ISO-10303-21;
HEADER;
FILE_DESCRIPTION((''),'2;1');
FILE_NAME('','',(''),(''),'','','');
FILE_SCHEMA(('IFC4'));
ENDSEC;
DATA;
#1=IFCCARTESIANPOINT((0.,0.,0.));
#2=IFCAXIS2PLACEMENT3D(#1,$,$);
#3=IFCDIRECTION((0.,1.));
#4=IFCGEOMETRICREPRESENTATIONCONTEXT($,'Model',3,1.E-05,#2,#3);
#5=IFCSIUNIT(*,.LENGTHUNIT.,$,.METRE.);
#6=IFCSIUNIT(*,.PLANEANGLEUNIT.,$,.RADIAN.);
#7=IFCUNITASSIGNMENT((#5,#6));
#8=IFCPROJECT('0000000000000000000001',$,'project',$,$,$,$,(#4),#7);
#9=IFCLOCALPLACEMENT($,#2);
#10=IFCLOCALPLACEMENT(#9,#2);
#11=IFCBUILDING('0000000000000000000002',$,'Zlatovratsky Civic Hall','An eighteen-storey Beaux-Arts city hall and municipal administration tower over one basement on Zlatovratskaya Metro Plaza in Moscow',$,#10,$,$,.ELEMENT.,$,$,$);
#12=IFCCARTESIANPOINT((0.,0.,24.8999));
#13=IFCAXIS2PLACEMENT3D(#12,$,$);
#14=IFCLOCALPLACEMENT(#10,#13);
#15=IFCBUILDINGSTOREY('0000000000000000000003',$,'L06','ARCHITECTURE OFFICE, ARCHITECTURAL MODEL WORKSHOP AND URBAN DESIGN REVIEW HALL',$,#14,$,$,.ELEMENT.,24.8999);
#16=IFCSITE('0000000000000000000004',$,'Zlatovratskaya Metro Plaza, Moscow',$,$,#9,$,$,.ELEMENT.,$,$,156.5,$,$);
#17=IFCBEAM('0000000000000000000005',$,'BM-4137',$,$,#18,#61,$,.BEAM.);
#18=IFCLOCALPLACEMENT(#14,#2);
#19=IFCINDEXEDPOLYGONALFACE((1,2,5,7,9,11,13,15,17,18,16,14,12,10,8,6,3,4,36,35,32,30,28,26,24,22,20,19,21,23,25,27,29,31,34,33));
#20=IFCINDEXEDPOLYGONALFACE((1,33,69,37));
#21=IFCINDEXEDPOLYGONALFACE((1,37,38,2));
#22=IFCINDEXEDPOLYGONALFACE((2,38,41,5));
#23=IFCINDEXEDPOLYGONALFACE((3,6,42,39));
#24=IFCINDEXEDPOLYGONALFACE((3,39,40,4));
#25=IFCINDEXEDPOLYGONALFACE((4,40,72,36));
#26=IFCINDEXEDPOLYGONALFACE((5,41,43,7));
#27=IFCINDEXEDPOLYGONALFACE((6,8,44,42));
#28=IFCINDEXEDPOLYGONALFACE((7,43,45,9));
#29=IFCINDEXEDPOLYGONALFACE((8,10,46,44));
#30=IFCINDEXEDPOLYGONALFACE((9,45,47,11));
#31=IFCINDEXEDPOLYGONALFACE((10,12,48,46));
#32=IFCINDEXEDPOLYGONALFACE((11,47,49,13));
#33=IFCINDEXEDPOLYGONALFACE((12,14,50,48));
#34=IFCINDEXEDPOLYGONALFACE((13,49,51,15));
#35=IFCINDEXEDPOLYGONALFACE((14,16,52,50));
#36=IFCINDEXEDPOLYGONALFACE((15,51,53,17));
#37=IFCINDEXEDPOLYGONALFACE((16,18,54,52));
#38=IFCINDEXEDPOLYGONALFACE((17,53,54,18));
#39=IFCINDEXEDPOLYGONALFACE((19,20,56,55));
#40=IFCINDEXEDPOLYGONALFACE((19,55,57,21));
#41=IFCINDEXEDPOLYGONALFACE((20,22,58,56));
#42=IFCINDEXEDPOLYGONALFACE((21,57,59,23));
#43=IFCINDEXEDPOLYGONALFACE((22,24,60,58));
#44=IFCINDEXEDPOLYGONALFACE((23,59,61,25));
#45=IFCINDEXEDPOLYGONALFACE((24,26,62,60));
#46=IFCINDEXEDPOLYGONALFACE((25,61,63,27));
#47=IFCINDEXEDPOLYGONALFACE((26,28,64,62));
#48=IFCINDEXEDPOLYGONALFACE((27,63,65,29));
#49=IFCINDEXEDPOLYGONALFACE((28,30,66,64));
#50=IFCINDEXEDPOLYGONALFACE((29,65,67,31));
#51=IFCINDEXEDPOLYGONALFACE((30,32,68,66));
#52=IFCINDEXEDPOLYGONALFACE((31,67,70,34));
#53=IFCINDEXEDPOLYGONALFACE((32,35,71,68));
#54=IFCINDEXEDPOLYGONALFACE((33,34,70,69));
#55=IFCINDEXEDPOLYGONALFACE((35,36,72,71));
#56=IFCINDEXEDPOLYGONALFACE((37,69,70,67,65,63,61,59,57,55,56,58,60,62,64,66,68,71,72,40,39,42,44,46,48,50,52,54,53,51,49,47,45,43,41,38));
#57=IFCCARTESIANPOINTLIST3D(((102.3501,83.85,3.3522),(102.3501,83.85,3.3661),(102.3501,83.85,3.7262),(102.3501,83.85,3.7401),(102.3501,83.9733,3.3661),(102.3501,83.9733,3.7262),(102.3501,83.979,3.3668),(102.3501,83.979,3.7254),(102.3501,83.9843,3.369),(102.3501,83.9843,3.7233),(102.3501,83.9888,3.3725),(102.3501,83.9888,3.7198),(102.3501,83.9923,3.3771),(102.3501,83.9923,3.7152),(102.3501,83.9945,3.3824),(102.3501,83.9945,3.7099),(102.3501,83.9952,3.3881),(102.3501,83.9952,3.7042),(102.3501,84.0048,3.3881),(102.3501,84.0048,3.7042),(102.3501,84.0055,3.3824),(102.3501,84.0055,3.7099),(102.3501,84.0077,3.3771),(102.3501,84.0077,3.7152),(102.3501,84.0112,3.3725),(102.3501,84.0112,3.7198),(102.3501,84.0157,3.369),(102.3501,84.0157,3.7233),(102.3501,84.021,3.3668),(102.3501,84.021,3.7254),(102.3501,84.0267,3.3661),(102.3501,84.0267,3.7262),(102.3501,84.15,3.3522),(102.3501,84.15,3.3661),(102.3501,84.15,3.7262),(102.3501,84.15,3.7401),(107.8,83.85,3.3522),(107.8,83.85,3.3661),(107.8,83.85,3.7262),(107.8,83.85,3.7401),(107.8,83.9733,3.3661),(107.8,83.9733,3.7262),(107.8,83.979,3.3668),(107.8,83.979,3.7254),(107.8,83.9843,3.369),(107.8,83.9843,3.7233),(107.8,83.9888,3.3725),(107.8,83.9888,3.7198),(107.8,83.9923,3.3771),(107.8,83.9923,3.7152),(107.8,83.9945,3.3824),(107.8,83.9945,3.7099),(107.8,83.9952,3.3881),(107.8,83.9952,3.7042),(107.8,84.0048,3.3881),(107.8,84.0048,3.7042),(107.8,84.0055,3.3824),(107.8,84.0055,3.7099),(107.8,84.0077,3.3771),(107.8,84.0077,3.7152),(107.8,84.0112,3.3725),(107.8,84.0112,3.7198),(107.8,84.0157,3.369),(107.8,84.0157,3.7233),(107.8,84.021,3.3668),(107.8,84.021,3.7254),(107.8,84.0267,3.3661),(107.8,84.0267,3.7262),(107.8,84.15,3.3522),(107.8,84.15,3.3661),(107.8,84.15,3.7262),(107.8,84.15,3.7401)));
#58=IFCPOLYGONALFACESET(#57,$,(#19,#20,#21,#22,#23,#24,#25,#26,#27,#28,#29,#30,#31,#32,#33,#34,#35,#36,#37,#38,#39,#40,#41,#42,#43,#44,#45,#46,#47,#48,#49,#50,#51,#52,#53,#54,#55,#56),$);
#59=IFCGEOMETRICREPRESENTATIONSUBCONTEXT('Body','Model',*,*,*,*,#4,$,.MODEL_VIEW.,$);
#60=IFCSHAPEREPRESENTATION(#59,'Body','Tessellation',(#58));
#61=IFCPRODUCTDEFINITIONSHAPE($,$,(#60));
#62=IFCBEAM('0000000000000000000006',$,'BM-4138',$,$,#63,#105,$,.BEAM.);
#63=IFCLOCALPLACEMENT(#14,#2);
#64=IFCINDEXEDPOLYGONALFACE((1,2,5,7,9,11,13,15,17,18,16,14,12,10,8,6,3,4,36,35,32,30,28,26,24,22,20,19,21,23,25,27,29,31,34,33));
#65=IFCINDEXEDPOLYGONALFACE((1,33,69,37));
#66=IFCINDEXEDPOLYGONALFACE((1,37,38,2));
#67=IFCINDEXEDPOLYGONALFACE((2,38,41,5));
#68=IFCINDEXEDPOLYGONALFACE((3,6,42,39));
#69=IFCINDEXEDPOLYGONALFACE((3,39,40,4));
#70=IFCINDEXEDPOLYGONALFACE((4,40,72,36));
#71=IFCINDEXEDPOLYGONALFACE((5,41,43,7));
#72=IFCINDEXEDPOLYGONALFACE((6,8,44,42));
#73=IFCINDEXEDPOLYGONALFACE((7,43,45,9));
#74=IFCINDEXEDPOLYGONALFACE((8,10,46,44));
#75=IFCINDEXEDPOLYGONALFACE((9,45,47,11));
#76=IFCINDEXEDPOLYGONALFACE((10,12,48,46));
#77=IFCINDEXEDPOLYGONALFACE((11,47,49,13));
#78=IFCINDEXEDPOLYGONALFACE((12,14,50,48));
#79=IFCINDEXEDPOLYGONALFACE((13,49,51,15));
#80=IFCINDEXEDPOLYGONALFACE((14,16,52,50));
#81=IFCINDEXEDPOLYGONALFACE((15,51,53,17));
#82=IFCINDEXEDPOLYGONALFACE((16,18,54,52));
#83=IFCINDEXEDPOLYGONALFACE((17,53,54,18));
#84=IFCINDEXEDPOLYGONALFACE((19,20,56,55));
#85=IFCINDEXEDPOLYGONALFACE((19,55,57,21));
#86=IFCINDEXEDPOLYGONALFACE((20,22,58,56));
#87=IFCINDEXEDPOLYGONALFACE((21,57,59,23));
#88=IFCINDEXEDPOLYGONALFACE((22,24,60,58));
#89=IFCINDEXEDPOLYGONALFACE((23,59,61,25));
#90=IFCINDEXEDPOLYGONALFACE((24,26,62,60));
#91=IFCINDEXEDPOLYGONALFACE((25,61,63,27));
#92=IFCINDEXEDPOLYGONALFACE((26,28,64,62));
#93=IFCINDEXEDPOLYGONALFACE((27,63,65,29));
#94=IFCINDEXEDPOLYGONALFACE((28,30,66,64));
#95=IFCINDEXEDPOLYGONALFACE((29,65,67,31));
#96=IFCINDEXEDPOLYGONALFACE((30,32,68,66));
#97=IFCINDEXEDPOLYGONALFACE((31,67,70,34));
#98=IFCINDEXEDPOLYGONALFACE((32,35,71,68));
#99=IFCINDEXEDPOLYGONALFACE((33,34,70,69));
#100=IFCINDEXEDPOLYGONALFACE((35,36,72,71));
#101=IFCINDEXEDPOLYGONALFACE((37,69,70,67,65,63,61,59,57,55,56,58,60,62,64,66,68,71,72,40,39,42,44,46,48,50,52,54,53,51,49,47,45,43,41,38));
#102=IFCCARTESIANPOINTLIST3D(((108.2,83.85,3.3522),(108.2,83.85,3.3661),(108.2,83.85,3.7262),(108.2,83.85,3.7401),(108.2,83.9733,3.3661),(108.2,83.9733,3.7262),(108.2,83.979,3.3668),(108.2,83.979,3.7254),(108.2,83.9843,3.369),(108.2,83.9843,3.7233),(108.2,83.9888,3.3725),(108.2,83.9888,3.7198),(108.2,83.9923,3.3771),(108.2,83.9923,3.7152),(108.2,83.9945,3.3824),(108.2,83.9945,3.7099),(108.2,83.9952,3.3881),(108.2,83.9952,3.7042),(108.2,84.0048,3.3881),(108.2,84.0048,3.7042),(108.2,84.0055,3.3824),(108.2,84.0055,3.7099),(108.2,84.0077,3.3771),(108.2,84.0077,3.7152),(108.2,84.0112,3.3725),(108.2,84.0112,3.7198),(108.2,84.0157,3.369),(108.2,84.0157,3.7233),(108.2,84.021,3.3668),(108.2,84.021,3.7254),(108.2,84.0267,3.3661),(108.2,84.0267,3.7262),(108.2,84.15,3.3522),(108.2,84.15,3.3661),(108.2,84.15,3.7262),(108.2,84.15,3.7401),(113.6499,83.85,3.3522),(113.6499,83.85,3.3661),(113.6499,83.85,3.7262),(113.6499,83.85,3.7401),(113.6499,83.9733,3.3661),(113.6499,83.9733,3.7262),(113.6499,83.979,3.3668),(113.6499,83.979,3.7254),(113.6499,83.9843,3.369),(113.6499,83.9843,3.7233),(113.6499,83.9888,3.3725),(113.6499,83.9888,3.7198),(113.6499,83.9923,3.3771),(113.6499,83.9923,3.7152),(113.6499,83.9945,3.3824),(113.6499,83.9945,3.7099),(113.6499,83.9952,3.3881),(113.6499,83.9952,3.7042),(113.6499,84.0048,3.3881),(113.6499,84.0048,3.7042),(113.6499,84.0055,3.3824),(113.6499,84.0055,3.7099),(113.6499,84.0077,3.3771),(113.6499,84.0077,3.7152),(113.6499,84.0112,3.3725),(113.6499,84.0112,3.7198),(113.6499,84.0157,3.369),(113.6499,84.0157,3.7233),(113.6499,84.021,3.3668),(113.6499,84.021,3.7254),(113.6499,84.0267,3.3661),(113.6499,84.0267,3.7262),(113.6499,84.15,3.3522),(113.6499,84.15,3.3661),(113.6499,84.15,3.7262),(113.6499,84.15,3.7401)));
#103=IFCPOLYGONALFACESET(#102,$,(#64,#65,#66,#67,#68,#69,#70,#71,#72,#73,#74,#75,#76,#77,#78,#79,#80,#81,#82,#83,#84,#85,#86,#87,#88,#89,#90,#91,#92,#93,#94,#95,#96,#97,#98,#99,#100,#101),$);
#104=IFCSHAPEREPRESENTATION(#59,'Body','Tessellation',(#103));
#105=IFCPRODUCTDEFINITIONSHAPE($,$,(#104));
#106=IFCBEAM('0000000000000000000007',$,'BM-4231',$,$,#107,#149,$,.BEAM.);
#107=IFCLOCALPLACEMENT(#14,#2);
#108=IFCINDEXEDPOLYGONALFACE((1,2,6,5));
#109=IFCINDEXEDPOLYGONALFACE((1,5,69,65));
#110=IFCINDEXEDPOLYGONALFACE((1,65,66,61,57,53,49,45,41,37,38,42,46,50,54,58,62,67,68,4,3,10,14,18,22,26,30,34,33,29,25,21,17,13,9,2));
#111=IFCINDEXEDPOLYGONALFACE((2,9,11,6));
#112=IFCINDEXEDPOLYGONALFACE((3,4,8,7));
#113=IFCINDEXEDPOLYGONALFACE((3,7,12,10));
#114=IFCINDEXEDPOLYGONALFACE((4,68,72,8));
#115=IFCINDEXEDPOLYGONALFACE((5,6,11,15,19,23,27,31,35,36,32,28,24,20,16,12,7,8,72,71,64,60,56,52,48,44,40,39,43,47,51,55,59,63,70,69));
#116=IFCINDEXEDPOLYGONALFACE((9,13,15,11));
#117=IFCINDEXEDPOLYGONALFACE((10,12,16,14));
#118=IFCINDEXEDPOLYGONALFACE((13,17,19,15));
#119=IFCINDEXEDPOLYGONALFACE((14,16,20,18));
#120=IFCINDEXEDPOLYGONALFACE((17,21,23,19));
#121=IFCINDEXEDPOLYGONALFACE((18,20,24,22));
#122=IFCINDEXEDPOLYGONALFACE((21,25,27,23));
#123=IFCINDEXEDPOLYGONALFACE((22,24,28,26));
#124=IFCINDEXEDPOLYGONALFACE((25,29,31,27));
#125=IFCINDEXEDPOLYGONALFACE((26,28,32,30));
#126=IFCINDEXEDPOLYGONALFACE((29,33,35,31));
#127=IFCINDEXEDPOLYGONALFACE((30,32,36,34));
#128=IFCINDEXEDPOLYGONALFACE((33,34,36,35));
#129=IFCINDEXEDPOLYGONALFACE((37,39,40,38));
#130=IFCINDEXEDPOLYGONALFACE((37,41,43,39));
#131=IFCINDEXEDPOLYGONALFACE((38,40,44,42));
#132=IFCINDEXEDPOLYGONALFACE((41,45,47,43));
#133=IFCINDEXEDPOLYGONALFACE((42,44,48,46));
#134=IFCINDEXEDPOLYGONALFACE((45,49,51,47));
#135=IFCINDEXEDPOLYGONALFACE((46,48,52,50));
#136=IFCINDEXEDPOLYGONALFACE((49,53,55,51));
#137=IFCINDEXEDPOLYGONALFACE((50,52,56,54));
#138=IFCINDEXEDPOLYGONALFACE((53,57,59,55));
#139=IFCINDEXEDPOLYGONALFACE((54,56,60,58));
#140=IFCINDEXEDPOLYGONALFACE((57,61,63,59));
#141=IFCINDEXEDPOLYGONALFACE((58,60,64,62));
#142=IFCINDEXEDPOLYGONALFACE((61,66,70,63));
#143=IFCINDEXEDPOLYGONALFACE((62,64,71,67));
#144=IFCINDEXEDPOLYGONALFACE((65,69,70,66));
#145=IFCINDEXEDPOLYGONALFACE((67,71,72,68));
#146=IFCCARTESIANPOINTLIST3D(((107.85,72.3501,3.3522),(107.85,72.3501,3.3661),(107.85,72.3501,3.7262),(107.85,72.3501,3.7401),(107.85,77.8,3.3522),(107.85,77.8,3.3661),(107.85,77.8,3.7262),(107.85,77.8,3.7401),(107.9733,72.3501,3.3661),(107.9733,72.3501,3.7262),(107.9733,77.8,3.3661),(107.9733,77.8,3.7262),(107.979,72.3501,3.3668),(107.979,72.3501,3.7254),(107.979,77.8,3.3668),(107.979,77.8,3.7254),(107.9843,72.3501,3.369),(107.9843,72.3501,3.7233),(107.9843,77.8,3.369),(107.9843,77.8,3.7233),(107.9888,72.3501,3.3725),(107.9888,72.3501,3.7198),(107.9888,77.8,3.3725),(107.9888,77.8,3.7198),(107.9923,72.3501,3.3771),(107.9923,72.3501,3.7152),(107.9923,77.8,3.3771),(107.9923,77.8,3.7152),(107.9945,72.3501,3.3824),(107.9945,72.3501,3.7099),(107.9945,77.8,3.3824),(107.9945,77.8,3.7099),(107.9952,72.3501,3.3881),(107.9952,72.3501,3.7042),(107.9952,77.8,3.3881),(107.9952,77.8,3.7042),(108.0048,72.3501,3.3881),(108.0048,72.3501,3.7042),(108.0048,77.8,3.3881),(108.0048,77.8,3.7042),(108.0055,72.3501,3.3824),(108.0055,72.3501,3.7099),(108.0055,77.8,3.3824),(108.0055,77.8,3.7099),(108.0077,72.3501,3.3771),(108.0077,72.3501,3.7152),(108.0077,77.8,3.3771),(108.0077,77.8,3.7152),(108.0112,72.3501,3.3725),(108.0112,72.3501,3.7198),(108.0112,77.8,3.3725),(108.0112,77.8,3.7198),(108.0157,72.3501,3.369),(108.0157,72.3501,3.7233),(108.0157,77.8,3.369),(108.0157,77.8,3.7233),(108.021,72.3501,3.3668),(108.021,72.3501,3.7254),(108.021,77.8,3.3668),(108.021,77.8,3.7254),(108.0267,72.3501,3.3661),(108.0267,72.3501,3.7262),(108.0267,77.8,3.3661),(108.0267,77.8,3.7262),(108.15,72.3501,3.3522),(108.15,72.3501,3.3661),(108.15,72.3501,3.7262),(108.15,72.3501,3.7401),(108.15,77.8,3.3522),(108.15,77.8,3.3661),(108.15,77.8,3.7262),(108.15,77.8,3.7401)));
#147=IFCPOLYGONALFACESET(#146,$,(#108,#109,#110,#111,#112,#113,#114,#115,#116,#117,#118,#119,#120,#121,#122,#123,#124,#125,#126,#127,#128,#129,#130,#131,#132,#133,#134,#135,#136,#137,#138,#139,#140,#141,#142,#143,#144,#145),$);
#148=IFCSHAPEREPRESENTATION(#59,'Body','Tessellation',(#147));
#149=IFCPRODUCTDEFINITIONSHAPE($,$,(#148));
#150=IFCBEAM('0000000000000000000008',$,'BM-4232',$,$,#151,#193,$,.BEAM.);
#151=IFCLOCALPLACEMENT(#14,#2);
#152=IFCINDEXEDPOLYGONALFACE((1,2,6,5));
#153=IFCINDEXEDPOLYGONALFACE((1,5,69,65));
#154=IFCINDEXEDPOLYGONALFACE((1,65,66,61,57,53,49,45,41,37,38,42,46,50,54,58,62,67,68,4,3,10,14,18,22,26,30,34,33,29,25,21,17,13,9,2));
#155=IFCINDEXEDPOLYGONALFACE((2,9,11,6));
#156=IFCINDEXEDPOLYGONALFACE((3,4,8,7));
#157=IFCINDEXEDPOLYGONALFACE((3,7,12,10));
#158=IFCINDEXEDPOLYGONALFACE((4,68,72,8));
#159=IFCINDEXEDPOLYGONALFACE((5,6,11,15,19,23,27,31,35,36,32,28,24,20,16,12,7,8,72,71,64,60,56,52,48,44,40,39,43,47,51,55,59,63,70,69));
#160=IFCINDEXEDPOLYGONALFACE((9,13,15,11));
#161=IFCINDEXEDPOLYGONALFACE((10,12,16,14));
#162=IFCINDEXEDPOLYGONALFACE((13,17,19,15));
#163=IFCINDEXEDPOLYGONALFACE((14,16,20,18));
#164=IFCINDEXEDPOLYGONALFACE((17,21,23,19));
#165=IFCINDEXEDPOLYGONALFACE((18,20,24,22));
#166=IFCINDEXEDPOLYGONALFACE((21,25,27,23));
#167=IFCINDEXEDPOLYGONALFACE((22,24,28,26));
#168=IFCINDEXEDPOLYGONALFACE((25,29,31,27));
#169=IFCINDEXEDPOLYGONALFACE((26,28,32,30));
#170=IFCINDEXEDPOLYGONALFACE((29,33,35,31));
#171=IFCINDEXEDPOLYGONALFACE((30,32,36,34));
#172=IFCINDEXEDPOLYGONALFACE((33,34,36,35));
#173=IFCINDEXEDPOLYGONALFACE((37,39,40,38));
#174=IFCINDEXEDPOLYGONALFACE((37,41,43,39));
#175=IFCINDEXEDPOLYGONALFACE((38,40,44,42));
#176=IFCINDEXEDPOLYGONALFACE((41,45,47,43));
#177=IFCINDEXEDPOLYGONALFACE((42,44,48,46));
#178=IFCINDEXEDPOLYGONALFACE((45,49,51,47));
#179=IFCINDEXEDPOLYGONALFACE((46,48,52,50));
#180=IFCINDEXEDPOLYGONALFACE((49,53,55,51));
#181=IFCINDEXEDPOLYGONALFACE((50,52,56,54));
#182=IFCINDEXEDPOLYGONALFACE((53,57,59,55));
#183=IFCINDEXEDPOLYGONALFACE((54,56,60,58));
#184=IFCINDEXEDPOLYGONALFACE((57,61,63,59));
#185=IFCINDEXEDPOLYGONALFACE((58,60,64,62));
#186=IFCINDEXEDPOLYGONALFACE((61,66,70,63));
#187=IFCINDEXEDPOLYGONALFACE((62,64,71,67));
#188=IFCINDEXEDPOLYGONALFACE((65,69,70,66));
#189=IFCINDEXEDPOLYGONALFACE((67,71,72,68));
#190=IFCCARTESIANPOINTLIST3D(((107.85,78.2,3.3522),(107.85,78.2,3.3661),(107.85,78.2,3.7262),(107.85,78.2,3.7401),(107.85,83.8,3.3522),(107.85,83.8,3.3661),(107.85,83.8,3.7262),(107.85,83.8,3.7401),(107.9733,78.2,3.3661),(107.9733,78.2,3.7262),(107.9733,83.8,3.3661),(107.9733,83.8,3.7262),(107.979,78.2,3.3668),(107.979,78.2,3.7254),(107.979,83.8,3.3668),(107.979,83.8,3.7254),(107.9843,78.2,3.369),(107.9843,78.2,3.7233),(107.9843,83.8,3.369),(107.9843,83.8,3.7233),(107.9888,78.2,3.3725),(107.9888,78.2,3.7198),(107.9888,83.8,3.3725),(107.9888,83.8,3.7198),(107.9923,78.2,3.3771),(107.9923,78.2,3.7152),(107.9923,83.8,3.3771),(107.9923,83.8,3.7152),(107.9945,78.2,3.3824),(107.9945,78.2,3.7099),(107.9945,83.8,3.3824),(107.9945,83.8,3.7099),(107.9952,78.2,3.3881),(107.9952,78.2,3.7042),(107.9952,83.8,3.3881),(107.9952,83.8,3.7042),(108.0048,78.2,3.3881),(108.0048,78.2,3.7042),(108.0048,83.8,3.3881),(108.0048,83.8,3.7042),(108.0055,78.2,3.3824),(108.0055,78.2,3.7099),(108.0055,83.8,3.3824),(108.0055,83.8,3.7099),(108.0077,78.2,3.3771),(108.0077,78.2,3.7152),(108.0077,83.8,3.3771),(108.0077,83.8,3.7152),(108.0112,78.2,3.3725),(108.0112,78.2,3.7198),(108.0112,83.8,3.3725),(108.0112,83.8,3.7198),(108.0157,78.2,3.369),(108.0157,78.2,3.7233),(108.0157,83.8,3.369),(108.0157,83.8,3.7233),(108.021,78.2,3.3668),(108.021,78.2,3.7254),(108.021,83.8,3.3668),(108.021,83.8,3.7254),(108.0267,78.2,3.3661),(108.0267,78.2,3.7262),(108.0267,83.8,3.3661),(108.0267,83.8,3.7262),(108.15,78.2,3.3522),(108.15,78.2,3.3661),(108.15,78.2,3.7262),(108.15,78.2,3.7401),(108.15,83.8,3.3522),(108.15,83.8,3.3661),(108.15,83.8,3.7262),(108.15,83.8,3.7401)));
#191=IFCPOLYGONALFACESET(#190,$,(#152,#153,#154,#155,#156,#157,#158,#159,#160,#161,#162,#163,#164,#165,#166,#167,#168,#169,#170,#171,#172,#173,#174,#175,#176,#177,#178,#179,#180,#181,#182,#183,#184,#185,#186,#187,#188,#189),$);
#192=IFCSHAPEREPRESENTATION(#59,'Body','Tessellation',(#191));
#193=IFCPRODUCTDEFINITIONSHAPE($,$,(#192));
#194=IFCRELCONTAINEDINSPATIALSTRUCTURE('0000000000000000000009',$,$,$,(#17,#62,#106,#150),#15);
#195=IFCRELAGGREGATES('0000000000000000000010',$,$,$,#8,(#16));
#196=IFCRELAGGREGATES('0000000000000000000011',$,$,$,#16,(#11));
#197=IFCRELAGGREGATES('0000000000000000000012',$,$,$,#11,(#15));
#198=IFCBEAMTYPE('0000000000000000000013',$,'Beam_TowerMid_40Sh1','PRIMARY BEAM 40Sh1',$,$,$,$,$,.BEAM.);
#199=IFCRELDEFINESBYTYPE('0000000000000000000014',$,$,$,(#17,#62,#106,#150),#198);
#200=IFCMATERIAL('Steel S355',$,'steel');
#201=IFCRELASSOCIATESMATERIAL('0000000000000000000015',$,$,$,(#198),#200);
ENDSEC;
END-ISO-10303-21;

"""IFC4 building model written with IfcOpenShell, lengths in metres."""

from ifc_helpers import new_model, si_unit, direction, frame, origin, origin_2d, place, context, subcontext, project, spatial, i_section, extrude, material, material_profile, profile_set, type_object, element, save


model = new_model("IFC4")

# Units and contexts
model_context = context("Model", 3, precision=1e-05, world=origin(), true_north=direction((0.0, 1.0)))
body_context = subcontext(model_context, "Body", "Model", "MODEL_VIEW")
ifc_project = project(units=[si_unit("LENGTHUNIT", "METRE"), si_unit("PLANEANGLEUNIT", "RADIAN")], contexts=[model_context])

# Site, building, storey
site_placement = place(None, origin())
site = spatial("IfcSite", under=ifc_project, at=site_placement, Name="Zlatovratskaya Metro Plaza, Moscow", CompositionType="ELEMENT", RefElevation=156.5)
building_placement = place(site_placement, origin())
building = spatial("IfcBuilding", under=site, at=building_placement, Name="Zlatovratsky Civic Hall", Description="An eighteen-storey Beaux-Arts city hall and municipal administration tower over one basement on Zlatovratskaya Metro Plaza in Moscow", CompositionType="ELEMENT")
storey_placement = place(building_placement, frame((0.0, 0.0, 24.8999)))
storey = spatial("IfcBuildingStorey", under=building, at=storey_placement, Name="L06", Description="ARCHITECTURE OFFICE, ARCHITECTURAL MODEL WORKSHOP AND URBAN DESIGN REVIEW HALL", CompositionType="ELEMENT", Elevation=24.8999)

# Shared definitions
ifc_material_1 = material(Name="Steel S355", Category="steel")

# Beams
ifc_material_profile_1 = material_profile(ifc_material_1, i_section(OverallWidth=0.3, OverallDepth=0.3879, WebThickness=0.0095, FlangeThickness=0.0139, FilletRadius=0.022, at=origin_2d()), Name="40Sh1")
ifc_profile_set_1 = profile_set([ifc_material_profile_1], Name="Steel S355")
beam_type_1 = type_object("IfcBeamType", Name="Beam_TowerMid_40Sh1", Description="PRIMARY BEAM 40Sh1", PredefinedType="BEAM", material=ifc_profile_set_1)
for number, where, z_axis, x_axis, name in (
    (1, (102.3501, 84.0, 3.5461), (1.0, 0.0, 0.0), (0.0, 1.0, 0.0), "BM-4137"),
    (2, (108.2, 84.0, 3.5461), (1.0, 0.0, 0.0), (0.0, 1.0, 0.0), "BM-4138"),
    (3, (108.0, 72.3501, 3.5461), (0.0, 1.0, 0.0), (-1.0, 0.0, 0.0), "BM-4231"),
):
    element("IfcBeam", number, at=place(storey_placement, frame(where, z_axis=z_axis, x_axis=x_axis)), inside=storey, type_object=beam_type_1, Name=name, PredefinedType="BEAM", context=body_context, shape_type="SweptSolid", body=[
        extrude(i_section(OverallWidth=0.3, OverallDepth=0.3879, WebThickness=0.0095, FlangeThickness=0.0139, FilletRadius=0.022, at=origin_2d()), origin(), (0.0, 0.0, 1.0), 5.45),
    ])
for number, where, z_axis, x_axis, name in (
    (4, (108.0, 78.2, 3.5461), (0.0, 1.0, 0.0), (-1.0, 0.0, 0.0), "BM-4232"),
):
    element("IfcBeam", number, at=place(storey_placement, frame(where, z_axis=z_axis, x_axis=x_axis)), inside=storey, type_object=beam_type_1, Name=name, PredefinedType="BEAM", context=body_context, shape_type="SweptSolid", body=[
        extrude(i_section(OverallWidth=0.3, OverallDepth=0.3879, WebThickness=0.0095, FlangeThickness=0.0139, FilletRadius=0.022, at=origin_2d()), origin(), (0.0, 0.0, 1.0), 5.6001),
    ])

save(model, "model.ifc")
